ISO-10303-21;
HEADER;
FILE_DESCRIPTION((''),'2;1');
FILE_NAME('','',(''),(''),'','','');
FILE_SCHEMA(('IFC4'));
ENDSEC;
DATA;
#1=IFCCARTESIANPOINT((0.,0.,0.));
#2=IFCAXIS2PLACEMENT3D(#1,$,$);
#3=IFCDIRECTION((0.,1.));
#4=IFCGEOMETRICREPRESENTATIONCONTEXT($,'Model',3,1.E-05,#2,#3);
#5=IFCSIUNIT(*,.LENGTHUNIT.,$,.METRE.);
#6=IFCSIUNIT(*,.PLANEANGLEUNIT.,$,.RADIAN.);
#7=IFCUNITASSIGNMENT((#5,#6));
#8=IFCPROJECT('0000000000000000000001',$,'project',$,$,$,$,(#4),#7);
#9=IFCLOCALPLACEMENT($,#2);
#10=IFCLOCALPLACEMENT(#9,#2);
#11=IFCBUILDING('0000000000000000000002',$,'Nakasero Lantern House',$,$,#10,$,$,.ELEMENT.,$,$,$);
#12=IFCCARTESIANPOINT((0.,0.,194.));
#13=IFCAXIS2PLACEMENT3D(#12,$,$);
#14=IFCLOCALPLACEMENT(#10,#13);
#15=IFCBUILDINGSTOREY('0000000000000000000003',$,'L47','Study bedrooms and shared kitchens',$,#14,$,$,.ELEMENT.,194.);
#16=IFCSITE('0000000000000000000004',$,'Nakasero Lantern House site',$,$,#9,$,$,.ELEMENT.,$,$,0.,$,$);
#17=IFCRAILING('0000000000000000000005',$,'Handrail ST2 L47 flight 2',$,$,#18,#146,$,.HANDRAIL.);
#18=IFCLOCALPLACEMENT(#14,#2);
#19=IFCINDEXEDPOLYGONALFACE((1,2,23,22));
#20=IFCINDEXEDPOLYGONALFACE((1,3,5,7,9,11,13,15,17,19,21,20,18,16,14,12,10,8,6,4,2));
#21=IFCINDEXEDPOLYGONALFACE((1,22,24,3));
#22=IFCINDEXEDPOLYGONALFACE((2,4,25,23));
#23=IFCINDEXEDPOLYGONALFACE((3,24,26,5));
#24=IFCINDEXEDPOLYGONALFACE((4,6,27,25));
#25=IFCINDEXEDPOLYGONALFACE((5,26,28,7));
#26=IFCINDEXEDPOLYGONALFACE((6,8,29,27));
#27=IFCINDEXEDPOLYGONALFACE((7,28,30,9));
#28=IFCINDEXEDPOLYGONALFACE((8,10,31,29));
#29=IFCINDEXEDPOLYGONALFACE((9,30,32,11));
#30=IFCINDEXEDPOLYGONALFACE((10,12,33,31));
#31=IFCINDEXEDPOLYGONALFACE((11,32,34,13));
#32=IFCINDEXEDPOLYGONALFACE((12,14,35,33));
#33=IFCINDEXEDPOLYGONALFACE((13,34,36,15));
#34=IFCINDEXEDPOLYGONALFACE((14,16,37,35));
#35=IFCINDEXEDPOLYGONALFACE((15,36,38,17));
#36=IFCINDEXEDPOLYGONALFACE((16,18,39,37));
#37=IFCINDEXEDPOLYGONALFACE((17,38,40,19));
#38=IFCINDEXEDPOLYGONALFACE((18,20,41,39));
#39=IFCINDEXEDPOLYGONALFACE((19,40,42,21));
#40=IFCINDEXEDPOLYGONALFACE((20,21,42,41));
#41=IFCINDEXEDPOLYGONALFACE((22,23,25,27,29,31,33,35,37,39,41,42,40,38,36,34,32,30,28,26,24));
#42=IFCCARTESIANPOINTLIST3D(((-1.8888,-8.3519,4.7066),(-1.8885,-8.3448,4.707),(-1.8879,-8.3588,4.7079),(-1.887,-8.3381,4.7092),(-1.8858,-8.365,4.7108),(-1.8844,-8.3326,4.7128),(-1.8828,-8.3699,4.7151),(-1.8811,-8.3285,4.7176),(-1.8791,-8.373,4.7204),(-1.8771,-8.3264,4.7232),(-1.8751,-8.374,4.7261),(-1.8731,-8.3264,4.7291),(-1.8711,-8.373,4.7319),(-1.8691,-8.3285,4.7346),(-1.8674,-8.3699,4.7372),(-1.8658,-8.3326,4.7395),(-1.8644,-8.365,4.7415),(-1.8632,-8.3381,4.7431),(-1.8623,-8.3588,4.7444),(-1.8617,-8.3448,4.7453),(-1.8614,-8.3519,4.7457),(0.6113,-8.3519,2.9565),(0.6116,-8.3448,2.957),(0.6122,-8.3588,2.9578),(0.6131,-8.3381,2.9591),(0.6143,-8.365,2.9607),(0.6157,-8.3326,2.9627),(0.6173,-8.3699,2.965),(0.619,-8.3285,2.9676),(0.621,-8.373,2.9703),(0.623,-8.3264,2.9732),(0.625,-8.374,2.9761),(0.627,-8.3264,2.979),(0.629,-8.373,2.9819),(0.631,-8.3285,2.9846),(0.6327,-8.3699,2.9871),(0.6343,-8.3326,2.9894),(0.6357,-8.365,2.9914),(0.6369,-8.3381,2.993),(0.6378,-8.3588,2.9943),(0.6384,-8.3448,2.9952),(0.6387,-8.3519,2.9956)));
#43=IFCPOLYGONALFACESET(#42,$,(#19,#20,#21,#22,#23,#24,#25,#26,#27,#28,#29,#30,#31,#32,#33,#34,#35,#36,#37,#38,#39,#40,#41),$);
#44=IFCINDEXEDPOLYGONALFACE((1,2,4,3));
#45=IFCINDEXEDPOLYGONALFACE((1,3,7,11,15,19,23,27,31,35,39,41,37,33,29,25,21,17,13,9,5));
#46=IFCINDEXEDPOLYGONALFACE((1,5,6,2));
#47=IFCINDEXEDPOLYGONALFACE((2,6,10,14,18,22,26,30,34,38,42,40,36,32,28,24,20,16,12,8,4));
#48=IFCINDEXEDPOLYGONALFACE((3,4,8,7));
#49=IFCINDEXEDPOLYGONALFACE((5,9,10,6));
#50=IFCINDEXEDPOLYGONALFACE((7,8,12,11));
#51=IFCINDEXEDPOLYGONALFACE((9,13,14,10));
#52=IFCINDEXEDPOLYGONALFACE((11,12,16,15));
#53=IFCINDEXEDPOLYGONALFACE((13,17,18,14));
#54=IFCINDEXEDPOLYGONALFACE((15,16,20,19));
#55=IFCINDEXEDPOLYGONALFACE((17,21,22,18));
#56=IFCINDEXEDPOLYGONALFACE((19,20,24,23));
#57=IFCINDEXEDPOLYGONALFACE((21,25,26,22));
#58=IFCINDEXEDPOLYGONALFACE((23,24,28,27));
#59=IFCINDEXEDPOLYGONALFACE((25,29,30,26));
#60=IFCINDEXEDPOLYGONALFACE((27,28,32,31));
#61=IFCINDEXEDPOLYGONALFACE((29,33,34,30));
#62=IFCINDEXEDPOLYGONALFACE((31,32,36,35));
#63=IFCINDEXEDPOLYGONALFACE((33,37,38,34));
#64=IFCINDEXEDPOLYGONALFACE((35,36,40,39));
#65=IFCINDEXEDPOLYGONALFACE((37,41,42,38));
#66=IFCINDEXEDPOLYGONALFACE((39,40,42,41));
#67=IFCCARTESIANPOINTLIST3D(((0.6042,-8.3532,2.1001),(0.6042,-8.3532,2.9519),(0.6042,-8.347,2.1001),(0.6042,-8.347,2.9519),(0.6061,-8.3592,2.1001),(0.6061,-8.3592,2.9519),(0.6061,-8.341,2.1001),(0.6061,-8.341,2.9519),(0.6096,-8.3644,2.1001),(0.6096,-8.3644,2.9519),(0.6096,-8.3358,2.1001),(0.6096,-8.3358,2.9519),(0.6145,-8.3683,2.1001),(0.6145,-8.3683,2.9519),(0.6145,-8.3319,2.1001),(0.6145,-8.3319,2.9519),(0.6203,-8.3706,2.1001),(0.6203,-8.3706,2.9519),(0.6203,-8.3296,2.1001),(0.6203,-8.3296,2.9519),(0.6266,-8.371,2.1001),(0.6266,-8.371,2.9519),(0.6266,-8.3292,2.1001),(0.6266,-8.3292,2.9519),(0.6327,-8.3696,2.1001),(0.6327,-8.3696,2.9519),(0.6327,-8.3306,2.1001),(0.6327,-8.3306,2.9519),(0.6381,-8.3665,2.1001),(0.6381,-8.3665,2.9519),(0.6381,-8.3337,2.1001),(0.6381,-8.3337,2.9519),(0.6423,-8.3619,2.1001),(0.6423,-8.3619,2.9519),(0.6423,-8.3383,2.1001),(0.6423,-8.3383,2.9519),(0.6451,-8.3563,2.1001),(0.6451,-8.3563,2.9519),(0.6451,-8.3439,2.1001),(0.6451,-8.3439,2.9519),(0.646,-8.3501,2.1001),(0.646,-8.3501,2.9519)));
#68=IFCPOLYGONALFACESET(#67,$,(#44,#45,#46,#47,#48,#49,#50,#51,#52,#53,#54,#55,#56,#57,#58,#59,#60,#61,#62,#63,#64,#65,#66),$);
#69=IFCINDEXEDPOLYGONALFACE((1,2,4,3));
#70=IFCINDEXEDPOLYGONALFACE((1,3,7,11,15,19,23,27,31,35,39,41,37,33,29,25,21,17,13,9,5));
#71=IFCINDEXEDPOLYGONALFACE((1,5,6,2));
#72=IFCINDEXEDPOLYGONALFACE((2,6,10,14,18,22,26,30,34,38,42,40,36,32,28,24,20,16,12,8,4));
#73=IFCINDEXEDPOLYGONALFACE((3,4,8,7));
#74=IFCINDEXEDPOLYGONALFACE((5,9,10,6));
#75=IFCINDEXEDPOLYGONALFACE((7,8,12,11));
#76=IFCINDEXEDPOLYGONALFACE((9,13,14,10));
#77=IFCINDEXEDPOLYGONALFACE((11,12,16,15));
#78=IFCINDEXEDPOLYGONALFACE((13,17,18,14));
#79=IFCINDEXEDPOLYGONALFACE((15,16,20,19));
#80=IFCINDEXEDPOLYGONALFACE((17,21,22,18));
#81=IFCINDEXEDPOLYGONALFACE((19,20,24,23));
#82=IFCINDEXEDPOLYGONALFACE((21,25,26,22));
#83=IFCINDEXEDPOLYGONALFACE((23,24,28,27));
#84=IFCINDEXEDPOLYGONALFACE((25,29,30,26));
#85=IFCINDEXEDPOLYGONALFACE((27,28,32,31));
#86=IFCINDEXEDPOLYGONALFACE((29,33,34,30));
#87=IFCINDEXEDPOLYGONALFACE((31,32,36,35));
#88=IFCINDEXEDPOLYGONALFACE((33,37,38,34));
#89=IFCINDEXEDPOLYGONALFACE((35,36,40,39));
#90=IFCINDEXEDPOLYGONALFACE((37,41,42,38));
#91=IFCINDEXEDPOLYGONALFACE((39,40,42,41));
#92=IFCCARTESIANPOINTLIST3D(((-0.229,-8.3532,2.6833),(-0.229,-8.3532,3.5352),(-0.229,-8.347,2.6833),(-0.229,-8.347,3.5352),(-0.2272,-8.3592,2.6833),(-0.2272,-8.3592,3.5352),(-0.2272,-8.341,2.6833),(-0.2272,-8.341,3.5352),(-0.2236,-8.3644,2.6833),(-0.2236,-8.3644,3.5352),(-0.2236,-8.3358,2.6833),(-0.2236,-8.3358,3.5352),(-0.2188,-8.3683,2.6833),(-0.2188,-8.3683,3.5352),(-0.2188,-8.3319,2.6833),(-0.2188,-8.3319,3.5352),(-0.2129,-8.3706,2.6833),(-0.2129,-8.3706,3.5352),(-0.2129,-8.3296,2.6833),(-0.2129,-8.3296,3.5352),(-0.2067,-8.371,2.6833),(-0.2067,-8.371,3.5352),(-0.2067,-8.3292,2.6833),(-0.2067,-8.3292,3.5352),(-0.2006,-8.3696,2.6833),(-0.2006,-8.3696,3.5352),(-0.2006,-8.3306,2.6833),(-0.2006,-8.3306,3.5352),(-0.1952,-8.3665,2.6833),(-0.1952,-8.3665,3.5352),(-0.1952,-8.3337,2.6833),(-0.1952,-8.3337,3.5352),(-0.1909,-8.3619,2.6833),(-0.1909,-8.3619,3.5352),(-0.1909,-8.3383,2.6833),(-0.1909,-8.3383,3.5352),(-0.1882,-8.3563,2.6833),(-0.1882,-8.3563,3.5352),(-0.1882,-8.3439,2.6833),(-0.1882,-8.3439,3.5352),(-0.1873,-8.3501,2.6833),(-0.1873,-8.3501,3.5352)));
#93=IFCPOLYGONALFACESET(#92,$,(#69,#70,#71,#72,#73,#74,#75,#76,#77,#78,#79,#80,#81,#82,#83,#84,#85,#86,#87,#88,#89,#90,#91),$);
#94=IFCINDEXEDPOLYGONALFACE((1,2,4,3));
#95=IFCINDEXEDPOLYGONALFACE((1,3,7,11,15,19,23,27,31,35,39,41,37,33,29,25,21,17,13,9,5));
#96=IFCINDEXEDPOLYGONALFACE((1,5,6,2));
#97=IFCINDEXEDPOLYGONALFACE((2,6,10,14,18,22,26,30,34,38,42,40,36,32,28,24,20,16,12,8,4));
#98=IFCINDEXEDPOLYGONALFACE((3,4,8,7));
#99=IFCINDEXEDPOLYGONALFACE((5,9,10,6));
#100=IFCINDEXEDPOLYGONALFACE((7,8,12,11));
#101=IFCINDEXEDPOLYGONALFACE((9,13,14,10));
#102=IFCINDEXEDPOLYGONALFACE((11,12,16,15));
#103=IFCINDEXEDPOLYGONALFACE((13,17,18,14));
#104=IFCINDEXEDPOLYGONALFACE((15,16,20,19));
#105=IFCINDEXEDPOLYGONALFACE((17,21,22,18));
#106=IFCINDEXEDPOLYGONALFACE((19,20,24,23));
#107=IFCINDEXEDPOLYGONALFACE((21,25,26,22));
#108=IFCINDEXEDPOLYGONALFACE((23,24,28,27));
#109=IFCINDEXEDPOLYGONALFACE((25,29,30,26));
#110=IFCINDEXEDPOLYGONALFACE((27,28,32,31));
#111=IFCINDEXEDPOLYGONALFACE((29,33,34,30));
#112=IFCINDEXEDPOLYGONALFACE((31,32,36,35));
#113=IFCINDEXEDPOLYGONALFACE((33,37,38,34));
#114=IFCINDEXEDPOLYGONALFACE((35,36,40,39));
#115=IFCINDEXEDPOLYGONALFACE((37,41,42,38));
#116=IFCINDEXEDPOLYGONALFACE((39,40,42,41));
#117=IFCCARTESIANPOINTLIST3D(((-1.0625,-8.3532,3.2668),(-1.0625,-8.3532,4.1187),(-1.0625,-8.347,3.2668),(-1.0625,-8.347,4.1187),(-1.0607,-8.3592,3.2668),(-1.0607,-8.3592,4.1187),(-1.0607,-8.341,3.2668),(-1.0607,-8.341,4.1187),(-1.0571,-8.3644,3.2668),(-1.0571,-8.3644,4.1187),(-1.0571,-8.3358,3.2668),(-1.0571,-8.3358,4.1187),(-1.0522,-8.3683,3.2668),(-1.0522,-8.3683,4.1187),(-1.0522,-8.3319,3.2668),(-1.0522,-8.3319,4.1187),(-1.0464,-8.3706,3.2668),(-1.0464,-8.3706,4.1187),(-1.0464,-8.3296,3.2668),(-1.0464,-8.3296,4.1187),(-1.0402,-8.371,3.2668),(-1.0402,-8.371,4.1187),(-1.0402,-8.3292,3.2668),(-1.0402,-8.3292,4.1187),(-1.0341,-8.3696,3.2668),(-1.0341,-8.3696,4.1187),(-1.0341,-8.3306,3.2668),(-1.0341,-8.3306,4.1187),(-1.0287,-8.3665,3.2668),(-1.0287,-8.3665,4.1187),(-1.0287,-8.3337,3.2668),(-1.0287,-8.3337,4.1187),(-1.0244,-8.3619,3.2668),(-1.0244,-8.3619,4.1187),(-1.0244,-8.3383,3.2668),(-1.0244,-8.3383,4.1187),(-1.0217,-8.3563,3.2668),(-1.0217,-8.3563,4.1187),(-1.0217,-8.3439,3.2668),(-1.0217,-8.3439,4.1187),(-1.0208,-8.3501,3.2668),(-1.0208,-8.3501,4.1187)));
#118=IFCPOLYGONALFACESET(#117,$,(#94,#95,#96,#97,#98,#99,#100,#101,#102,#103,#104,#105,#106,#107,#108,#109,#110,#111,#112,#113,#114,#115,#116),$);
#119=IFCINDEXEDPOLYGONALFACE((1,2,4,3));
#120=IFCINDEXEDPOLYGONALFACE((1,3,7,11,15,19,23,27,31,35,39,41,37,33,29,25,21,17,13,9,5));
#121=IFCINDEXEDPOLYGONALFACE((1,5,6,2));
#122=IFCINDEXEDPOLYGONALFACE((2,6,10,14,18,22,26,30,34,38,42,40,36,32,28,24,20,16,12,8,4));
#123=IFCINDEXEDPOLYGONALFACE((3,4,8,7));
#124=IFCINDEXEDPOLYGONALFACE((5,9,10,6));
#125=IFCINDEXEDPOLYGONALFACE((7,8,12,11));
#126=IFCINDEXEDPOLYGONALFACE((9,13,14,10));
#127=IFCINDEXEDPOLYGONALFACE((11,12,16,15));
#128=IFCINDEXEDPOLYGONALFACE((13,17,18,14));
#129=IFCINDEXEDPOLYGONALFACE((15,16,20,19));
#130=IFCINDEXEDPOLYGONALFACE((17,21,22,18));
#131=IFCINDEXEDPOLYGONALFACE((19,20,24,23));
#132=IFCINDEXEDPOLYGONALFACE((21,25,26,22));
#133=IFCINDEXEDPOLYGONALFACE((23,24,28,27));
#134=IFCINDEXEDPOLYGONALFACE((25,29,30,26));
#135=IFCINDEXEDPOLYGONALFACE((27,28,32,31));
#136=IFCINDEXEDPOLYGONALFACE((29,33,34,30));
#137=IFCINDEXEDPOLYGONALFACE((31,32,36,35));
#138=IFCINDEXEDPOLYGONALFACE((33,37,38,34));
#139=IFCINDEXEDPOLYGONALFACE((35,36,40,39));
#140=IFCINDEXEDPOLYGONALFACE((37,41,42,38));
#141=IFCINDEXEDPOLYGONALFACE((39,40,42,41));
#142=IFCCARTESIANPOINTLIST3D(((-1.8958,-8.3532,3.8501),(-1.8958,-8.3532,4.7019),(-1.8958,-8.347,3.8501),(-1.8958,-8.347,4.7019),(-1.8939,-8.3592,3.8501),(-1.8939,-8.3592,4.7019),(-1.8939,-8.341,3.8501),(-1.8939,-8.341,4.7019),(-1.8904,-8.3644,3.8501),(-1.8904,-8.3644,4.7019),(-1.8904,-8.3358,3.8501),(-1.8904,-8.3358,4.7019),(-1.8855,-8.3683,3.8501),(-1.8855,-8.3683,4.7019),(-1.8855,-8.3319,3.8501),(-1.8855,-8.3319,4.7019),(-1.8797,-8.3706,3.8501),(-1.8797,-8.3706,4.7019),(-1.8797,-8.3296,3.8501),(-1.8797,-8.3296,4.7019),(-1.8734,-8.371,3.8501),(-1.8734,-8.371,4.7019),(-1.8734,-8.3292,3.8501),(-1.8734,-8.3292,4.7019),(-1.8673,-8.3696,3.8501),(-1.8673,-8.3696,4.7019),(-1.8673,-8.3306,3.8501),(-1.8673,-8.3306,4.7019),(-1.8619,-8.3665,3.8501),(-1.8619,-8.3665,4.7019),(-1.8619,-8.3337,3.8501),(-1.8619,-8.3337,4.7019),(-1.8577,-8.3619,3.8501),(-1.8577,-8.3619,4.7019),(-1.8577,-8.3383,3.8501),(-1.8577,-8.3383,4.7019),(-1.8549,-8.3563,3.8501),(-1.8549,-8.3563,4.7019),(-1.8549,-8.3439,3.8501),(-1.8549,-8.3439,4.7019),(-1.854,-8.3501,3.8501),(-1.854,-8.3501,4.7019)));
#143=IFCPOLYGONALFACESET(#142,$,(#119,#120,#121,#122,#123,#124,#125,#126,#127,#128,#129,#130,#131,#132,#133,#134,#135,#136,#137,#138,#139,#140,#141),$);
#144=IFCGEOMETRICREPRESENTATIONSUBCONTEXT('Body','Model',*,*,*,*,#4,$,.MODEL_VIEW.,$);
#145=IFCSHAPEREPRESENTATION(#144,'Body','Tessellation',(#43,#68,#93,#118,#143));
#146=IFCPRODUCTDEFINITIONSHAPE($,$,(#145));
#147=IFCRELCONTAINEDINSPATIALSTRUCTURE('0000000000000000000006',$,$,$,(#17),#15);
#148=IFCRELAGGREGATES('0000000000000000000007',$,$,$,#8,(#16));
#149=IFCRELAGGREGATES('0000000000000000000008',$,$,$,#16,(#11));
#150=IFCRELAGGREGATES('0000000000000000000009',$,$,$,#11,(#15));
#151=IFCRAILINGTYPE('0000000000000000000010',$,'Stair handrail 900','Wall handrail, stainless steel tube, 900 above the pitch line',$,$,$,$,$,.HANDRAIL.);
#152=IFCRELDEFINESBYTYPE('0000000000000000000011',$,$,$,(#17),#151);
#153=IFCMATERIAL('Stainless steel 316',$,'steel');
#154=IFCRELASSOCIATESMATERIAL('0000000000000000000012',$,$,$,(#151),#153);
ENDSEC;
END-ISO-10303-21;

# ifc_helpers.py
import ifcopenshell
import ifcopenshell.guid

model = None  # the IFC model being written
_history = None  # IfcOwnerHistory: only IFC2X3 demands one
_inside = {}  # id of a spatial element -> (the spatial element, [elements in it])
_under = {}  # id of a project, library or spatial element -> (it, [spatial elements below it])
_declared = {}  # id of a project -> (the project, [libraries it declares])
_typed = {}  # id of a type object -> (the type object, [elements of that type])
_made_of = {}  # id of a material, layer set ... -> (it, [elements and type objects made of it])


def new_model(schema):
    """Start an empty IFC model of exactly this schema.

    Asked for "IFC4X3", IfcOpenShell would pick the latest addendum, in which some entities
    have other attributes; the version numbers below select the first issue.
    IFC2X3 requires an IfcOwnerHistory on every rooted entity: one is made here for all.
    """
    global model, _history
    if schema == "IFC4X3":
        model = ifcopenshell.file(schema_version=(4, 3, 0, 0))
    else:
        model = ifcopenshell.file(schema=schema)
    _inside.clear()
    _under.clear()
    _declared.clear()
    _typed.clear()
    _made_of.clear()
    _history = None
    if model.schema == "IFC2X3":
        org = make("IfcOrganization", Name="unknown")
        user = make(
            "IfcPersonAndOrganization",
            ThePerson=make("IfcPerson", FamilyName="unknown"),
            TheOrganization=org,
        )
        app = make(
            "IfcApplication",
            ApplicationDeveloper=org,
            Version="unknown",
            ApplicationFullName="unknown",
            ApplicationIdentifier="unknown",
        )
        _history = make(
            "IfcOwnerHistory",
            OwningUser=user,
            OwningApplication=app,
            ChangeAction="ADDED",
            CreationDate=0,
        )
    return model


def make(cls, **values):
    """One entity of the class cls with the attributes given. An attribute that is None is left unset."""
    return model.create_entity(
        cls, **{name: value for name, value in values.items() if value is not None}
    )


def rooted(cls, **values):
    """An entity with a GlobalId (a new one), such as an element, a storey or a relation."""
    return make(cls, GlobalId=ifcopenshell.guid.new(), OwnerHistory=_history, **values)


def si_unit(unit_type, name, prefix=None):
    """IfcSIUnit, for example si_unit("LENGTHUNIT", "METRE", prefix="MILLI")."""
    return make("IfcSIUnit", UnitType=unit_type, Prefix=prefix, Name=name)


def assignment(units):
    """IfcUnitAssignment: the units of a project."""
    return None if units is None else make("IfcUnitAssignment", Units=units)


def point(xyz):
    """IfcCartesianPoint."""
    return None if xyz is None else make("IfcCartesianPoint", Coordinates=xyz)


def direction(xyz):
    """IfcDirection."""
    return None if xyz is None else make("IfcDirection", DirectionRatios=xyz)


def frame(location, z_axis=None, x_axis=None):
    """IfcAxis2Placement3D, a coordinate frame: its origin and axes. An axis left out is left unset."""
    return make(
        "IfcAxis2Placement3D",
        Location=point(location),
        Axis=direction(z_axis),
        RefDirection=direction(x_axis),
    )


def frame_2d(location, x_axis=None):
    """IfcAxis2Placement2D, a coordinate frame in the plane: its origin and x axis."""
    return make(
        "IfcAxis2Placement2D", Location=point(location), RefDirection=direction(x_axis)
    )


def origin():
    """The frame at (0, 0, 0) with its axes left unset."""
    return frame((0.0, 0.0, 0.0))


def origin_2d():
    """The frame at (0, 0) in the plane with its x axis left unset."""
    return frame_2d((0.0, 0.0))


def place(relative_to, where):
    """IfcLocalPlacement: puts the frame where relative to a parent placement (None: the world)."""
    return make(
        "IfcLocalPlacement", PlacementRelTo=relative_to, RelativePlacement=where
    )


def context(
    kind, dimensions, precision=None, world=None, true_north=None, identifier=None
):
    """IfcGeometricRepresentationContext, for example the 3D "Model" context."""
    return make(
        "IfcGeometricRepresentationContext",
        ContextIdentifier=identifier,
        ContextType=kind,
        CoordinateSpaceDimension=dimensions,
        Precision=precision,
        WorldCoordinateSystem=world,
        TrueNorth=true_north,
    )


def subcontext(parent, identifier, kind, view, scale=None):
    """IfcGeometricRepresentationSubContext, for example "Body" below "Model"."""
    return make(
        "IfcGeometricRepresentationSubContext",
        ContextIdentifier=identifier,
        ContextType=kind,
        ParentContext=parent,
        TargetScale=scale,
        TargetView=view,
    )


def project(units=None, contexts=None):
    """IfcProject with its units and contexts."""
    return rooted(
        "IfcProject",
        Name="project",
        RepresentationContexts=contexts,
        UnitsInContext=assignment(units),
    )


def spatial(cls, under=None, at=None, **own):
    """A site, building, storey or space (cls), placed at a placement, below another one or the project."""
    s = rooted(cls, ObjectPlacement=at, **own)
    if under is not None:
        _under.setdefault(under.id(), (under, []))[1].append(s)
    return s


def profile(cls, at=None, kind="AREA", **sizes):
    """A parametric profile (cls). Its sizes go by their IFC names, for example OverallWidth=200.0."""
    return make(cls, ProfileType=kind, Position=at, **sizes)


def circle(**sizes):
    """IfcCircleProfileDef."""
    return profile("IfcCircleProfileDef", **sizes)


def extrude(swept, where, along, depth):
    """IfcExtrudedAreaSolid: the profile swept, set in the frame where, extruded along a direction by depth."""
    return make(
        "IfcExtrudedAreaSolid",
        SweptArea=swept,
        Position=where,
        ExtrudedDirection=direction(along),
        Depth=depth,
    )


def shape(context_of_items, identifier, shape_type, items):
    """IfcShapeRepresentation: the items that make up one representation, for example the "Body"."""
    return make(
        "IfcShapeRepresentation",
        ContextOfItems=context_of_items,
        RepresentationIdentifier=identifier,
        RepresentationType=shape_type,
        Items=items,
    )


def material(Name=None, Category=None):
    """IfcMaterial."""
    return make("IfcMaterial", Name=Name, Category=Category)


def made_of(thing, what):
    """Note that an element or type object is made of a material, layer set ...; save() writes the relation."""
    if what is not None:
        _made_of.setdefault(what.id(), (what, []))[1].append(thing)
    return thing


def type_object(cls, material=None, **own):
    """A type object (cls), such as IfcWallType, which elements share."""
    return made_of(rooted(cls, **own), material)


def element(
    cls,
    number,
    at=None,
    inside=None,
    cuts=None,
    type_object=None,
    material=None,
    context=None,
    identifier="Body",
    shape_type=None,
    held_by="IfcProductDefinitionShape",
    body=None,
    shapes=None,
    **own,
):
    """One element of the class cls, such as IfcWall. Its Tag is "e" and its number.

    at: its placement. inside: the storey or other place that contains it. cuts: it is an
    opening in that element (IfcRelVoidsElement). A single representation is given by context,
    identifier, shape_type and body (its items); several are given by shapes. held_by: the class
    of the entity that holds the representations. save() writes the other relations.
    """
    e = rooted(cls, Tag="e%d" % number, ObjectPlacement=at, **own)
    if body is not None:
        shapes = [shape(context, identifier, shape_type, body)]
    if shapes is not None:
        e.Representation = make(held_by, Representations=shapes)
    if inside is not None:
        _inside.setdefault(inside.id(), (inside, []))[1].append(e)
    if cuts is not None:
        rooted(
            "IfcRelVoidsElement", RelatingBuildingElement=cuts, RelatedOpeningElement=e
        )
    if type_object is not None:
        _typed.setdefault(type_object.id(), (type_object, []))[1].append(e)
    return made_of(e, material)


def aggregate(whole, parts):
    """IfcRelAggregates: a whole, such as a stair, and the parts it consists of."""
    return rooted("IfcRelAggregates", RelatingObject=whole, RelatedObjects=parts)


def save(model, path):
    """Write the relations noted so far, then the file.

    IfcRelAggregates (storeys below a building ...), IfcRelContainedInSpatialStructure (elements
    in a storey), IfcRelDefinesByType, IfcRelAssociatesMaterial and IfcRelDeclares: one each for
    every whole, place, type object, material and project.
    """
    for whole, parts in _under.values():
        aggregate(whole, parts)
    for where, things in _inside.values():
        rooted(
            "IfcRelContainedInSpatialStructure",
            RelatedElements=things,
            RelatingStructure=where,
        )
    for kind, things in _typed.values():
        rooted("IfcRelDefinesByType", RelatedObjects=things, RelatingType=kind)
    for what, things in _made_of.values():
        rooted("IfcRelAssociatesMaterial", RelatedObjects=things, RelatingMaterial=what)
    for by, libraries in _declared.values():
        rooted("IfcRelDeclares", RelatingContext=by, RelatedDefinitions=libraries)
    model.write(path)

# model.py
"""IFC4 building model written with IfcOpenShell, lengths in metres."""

from ifc_helpers import new_model, si_unit, direction, frame, origin, origin_2d, place, context, subcontext, project, spatial, circle, extrude, material, type_object, element, save


model = new_model("IFC4")

# Units and contexts
model_context = context("Model", 3, precision=1e-05, world=origin(), true_north=direction((0.0, 1.0)))
body_context = subcontext(model_context, "Body", "Model", "MODEL_VIEW")
ifc_project = project(units=[si_unit("LENGTHUNIT", "METRE"), si_unit("PLANEANGLEUNIT", "RADIAN")], contexts=[model_context])

# Site, building, storey
site_placement = place(None, origin())
site = spatial("IfcSite", under=ifc_project, at=site_placement, Name="Nakasero Lantern House site", CompositionType="ELEMENT", RefElevation=0.0)
building_placement = place(site_placement, origin())
building = spatial("IfcBuilding", under=site, at=building_placement, Name="Nakasero Lantern House", CompositionType="ELEMENT")
storey_placement = place(building_placement, frame((0.0, 0.0, 194.0)))
storey = spatial("IfcBuildingStorey", under=building, at=storey_placement, Name="L47", Description="Study bedrooms and shared kitchens", CompositionType="ELEMENT", Elevation=194.0)

# Railing
ifc_material_1 = material(Name="Stainless steel 316", Category="steel")
railing_type = type_object("IfcRailingType", Name="Stair handrail 900", Description="Wall handrail, stainless steel tube, 900 above the pitch line", PredefinedType="HANDRAIL", material=ifc_material_1)
railing_placement = place(storey_placement, frame((0.625, -8.3501, 2.1001)))
element("IfcRailing", 1, at=railing_placement, inside=storey, type_object=railing_type, Name="Handrail ST2 L47 flight 2", PredefinedType="HANDRAIL", context=body_context, shape_type="SweptSolid", body=[
    extrude(circle(Radius=0.0239, at=origin_2d()), frame((0.0, 0.0, 0.876), z_axis=(-0.819232, 0.0, 0.573462), x_axis=(0.0, -1.0, 0.0)), (0.0, 0.0, 1.0), 3.0518),
    extrude(circle(Radius=0.021, at=origin_2d()), origin(), (0.0, 0.0, 1.0), 0.8518),
    extrude(circle(Radius=0.021, at=origin_2d()), frame((-0.8333, 0.0, 0.5833)), (0.0, 0.0, 1.0), 0.8518),
    extrude(circle(Radius=0.021, at=origin_2d()), frame((-1.6667, 0.0, 1.1667)), (0.0, 0.0, 1.0), 0.8518),
    extrude(circle(Radius=0.021, at=origin_2d()), frame((-2.5, 0.0, 1.75)), (0.0, 0.0, 1.0), 0.8518),
])

save(model, "model.ifc")
